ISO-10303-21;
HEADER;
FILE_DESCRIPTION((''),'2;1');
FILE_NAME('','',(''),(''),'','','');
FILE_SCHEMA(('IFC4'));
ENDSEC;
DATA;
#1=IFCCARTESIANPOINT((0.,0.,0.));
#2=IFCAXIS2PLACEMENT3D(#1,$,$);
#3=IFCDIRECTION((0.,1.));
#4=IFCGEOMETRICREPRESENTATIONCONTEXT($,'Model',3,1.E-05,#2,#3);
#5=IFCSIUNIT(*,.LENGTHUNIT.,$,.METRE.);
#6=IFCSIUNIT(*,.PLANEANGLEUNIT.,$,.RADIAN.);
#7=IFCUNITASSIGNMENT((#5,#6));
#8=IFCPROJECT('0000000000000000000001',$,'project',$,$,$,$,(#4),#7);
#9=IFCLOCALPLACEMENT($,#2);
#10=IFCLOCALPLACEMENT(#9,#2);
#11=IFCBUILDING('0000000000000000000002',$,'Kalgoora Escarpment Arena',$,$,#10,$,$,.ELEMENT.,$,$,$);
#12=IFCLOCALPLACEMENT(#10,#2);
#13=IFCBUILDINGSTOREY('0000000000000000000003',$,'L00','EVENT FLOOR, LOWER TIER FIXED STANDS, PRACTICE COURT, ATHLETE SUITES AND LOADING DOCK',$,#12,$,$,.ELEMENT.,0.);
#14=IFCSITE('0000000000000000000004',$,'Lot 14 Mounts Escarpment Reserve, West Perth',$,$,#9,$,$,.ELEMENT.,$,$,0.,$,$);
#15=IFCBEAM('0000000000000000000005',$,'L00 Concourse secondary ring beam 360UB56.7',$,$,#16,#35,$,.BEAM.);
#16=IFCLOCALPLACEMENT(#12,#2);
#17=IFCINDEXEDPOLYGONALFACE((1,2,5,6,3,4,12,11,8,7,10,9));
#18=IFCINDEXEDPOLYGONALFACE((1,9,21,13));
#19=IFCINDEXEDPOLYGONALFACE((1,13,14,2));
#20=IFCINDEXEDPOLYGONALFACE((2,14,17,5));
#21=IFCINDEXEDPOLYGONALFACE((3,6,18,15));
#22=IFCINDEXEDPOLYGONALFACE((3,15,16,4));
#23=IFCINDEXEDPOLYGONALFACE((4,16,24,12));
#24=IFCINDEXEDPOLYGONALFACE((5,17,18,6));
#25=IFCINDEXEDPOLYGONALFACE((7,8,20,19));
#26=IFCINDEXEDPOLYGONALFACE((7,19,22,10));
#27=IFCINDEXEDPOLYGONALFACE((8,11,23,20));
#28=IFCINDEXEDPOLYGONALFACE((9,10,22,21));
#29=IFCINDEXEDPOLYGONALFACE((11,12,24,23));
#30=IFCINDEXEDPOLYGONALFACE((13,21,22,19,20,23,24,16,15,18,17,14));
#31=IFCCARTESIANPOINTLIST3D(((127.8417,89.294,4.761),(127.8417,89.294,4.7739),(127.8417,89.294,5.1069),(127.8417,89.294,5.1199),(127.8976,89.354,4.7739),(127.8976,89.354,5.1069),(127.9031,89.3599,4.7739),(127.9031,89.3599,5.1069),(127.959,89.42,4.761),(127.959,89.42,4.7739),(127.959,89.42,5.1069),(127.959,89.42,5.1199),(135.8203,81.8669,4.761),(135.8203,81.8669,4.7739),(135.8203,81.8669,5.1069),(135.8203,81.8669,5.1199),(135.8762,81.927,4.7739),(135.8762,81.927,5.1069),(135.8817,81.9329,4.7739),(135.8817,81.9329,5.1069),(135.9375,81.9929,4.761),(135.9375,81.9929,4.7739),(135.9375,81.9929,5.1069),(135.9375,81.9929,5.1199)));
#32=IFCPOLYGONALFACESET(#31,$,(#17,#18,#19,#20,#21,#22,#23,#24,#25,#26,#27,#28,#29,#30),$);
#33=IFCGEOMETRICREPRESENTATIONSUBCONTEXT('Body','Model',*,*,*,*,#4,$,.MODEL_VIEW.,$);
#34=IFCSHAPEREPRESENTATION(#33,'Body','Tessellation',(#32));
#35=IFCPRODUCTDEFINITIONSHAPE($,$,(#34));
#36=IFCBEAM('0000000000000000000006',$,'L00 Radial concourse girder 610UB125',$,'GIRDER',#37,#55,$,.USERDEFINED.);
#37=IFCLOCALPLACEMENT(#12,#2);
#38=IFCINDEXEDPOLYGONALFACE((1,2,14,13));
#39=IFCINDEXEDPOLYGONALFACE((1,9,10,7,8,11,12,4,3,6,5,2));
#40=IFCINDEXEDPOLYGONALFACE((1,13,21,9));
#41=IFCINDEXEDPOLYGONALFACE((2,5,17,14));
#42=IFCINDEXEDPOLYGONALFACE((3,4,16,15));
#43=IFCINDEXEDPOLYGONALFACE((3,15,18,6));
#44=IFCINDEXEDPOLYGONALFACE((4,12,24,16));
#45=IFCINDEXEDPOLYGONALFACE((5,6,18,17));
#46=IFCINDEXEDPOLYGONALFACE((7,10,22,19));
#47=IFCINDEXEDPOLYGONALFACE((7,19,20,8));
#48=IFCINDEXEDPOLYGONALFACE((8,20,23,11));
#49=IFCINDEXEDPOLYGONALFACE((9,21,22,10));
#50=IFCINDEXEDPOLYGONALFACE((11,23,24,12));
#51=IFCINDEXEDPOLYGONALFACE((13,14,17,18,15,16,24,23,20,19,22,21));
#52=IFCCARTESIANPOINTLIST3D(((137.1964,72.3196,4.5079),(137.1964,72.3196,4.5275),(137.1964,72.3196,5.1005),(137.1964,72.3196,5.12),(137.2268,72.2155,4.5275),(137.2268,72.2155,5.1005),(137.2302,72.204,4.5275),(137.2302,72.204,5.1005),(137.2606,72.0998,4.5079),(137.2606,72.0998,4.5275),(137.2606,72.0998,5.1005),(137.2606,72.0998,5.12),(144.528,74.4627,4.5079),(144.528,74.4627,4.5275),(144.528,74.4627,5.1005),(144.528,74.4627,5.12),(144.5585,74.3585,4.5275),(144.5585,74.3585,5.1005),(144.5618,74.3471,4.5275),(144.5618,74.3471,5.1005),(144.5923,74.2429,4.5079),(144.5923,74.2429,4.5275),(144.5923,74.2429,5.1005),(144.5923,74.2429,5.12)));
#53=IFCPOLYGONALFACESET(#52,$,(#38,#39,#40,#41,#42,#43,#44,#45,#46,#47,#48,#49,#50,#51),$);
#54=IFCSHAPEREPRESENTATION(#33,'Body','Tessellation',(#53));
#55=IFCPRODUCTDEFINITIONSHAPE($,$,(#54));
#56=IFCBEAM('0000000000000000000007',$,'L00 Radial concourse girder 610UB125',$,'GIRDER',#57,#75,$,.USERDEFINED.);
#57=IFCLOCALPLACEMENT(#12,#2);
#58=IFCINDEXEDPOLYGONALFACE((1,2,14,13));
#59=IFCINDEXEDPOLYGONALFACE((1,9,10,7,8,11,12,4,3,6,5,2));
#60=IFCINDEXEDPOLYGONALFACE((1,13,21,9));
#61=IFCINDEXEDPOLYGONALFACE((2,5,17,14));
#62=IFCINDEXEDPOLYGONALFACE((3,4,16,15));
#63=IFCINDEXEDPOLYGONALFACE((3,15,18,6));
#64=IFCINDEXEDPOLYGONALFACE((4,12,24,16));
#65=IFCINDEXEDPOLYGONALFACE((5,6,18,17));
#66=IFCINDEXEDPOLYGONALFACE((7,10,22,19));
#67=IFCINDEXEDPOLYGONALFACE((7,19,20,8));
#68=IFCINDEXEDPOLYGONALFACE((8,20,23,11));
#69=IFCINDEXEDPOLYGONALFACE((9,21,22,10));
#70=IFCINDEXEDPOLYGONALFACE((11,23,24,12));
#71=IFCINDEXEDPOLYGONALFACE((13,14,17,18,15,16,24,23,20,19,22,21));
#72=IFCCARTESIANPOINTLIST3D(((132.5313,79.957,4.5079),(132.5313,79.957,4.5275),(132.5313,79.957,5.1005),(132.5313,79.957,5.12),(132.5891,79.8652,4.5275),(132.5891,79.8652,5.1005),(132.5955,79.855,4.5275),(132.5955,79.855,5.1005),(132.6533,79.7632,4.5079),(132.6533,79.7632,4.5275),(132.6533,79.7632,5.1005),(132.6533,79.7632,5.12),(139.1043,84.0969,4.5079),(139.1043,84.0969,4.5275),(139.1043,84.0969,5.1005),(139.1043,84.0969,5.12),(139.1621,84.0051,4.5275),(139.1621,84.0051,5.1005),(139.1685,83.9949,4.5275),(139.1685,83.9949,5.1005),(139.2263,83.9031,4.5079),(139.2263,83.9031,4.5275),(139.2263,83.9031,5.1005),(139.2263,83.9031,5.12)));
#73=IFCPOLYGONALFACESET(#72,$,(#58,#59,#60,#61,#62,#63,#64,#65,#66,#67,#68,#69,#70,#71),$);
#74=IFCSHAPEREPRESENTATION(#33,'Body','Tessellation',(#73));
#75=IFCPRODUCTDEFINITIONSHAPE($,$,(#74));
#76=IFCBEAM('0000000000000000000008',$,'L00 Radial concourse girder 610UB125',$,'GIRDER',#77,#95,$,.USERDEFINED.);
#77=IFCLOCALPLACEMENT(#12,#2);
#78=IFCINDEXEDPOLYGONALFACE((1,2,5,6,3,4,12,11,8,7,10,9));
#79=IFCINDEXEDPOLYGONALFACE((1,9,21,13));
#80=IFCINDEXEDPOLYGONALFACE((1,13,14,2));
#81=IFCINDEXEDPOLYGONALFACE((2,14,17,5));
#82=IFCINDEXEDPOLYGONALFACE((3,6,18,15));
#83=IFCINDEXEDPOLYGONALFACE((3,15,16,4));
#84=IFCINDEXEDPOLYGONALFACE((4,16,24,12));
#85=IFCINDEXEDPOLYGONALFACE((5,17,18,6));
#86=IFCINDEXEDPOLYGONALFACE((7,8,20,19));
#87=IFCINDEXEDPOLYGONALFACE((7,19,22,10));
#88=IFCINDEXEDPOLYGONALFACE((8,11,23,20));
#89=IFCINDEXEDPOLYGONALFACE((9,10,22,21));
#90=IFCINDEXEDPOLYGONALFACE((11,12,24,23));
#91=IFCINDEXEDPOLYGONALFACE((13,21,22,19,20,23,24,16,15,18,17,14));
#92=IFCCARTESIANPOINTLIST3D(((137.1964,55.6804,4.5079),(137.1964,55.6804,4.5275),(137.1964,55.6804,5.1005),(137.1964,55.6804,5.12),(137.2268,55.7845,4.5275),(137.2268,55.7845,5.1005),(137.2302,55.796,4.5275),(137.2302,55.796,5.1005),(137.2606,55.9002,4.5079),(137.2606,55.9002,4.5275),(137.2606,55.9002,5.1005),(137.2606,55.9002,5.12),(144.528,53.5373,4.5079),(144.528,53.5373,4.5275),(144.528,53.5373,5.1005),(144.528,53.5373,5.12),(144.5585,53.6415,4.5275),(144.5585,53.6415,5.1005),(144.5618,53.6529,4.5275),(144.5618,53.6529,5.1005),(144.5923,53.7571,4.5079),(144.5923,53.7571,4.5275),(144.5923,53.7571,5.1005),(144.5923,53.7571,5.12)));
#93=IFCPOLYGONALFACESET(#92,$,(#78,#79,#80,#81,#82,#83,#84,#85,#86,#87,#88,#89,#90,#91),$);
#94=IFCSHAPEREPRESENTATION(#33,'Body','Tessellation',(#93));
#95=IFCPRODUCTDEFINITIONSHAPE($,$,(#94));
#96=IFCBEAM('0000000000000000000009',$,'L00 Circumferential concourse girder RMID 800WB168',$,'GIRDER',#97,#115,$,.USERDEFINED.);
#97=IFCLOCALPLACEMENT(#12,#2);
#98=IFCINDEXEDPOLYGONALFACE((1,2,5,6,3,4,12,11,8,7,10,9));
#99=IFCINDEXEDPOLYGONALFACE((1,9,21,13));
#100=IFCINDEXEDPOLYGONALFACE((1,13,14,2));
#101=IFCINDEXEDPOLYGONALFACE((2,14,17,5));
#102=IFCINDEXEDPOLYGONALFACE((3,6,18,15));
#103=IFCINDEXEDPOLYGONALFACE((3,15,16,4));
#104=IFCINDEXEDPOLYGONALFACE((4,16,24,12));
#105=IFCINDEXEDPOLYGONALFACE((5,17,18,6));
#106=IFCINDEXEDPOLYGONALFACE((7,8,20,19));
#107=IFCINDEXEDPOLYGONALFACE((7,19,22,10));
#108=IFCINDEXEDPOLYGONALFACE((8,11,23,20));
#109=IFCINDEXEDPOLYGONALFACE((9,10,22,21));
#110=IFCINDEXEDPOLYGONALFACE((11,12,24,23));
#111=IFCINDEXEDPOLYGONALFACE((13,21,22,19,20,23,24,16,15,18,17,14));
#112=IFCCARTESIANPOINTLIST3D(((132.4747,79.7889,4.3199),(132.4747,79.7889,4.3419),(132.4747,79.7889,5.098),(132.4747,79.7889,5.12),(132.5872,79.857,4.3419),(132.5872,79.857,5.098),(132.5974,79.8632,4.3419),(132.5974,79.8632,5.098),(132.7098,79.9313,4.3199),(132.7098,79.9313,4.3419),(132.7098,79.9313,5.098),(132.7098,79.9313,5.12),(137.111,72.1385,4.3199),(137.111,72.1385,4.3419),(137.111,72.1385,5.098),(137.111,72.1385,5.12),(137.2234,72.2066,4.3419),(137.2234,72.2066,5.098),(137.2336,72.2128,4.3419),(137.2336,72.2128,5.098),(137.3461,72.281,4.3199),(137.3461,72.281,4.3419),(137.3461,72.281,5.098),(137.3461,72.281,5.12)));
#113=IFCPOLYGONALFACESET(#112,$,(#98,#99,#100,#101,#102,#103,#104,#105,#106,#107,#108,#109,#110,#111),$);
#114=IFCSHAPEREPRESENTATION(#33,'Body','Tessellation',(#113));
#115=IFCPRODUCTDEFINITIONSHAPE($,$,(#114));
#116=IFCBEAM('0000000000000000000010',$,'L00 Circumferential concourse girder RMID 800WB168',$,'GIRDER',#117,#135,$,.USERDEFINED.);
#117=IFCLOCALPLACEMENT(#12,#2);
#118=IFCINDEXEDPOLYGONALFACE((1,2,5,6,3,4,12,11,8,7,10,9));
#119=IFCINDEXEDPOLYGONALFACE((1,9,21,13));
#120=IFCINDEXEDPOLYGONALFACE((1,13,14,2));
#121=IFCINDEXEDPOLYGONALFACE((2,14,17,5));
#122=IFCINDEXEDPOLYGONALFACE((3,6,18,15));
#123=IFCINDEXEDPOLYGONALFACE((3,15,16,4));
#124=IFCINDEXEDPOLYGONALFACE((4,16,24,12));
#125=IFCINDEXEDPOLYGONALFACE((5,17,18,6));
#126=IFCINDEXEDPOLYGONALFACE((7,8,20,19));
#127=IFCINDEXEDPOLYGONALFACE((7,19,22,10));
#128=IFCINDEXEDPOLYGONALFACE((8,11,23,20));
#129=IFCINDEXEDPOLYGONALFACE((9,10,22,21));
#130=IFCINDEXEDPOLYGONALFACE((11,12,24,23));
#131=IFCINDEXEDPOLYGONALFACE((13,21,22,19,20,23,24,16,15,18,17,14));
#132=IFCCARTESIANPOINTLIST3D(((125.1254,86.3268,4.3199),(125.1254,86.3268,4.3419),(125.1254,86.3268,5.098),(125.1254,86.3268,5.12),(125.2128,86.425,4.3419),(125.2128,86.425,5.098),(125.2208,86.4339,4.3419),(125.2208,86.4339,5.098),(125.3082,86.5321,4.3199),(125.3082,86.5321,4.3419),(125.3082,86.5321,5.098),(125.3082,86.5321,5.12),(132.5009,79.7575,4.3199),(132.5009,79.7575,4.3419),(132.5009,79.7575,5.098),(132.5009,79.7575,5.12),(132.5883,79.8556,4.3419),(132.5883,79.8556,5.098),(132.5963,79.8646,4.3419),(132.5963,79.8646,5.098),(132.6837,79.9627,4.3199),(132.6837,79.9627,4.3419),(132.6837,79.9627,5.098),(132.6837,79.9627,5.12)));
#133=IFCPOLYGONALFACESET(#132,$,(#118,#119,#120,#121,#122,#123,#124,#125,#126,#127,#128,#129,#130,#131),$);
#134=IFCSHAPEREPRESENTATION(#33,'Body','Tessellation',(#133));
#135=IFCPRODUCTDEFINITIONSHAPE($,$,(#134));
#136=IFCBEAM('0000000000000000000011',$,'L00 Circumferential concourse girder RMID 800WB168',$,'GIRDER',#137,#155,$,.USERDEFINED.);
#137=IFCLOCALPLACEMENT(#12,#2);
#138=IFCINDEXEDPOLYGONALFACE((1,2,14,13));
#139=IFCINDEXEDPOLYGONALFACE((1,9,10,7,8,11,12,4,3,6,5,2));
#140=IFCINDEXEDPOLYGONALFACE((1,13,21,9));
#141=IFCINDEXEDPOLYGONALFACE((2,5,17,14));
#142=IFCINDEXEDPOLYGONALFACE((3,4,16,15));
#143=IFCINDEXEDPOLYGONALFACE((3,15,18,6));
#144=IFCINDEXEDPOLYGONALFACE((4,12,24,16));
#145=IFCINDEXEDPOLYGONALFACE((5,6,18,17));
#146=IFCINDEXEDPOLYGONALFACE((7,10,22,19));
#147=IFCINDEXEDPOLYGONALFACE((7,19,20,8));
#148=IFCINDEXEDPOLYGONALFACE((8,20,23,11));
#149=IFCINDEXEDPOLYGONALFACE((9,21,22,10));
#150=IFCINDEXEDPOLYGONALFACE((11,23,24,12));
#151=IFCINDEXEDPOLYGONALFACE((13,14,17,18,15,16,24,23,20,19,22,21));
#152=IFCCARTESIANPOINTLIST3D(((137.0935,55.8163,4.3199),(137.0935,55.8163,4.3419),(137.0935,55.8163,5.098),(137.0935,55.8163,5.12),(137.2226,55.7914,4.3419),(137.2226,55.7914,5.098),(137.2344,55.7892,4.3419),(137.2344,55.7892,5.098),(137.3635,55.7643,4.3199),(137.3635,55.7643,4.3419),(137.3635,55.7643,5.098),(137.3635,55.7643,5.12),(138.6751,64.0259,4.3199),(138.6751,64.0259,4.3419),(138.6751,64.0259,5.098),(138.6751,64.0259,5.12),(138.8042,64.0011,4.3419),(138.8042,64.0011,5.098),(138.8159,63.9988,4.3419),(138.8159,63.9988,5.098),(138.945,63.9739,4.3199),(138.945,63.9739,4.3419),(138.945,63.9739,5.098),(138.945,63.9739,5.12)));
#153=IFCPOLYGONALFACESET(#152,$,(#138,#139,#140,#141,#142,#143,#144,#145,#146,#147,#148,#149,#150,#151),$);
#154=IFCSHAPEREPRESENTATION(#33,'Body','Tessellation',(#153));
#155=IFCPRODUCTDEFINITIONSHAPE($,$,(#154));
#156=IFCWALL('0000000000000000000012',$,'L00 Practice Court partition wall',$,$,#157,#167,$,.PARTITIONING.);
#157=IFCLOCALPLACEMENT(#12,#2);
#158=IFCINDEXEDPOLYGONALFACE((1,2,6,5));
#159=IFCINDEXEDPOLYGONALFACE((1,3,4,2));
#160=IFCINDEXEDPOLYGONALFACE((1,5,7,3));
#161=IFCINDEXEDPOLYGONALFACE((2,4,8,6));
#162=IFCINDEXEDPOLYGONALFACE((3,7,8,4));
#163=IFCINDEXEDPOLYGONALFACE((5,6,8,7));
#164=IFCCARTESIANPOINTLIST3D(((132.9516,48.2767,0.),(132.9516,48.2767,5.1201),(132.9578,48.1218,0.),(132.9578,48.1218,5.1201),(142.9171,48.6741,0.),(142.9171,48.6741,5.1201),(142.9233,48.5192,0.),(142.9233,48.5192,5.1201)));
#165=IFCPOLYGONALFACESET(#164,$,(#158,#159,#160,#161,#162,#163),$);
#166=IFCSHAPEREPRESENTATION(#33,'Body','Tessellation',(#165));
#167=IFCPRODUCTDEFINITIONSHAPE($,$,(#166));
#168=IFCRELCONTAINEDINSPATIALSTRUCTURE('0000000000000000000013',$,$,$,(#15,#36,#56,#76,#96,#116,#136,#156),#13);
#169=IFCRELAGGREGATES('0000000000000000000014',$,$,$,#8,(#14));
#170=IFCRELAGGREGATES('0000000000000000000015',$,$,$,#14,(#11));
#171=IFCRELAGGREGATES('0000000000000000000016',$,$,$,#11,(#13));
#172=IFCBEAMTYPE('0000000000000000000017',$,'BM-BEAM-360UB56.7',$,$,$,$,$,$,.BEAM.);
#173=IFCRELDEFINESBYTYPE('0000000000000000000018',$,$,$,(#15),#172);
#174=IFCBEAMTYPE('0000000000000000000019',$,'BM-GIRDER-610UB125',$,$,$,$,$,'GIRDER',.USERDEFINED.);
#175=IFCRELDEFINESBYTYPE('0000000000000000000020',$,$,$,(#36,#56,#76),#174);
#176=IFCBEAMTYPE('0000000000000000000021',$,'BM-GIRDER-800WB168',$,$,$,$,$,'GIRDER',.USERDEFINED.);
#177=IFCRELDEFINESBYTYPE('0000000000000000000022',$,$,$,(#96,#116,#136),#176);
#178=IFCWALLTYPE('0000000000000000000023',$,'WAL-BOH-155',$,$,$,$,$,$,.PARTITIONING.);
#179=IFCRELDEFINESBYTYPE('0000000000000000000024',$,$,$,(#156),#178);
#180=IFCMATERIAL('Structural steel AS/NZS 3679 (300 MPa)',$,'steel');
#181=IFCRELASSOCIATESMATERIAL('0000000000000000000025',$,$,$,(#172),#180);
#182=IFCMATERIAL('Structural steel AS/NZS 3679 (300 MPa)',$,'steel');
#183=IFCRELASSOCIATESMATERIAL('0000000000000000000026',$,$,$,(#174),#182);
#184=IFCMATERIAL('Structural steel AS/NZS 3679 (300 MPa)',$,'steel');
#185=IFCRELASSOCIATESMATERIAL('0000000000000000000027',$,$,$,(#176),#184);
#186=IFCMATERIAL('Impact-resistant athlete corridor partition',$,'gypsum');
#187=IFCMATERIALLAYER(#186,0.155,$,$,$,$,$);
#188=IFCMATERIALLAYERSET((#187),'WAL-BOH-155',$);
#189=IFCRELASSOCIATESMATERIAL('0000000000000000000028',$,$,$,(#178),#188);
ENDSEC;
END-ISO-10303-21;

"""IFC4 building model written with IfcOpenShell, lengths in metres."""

from ifc_helpers import new_model, si_unit, direction, frame, frame_2d, origin, origin_2d, place, context, subcontext, project, spatial, rectangle, i_section, extrude, material, layer, layer_set, material_profile, profile_set, type_object, element, save


model = new_model("IFC4")

# Units and contexts
model_context = context("Model", 3, precision=1e-05, world=origin(), true_north=direction((0.0, 1.0)))
body_context = subcontext(model_context, "Body", "Model", "MODEL_VIEW")
ifc_project = project(units=[si_unit("LENGTHUNIT", "METRE"), si_unit("PLANEANGLEUNIT", "RADIAN")], contexts=[model_context])

# Site, building, storey
site_placement = place(None, origin())
site = spatial("IfcSite", under=ifc_project, at=site_placement, Name="Lot 14 Mounts Escarpment Reserve, West Perth", CompositionType="ELEMENT", RefElevation=0.0)
building_placement = place(site_placement, origin())
building = spatial("IfcBuilding", under=site, at=building_placement, Name="Kalgoora Escarpment Arena", CompositionType="ELEMENT")
storey_placement = place(building_placement, origin())
storey = spatial("IfcBuildingStorey", under=building, at=storey_placement, Name="L00", Description="EVENT FLOOR, LOWER TIER FIXED STANDS, PRACTICE COURT, ATHLETE SUITES AND LOADING DOCK", CompositionType="ELEMENT", Elevation=0.0)

# Beams
ifc_material_1 = material(Name="Structural steel AS/NZS 3679 (300 MPa)", Category="steel")
ifc_material_profile_1 = material_profile(ifc_material_1, i_section(OverallWidth=0.1721, OverallDepth=0.3589, WebThickness=0.0081, FlangeThickness=0.0129, at=origin_2d()))
ifc_profile_set_1 = profile_set([ifc_material_profile_1], Name="Structural steel AS/NZS 3679 (300 MPa)")
beam_type_1 = type_object("IfcBeamType", Name="BM-BEAM-360UB56.7", PredefinedType="BEAM", material=ifc_profile_set_1)
beam_1_placement = place(storey_placement, frame((135.8789, 81.9299, 4.9404), z_axis=(-0.731952, 0.681356, 0.0), x_axis=(-0.681356, -0.731952, 0.0)))
element("IfcBeam", 1, at=beam_1_placement, inside=storey, type_object=beam_type_1, Name="L00 Concourse secondary ring beam 360UB56.7", PredefinedType="BEAM", context=body_context, shape_type="SweptSolid", body=[
    extrude(i_section(OverallWidth=0.1721, OverallDepth=0.3589, WebThickness=0.0081, FlangeThickness=0.0129, at=origin_2d()), origin(), (0.0, 0.0, 1.0), 10.9004),
])
ifc_material_2 = material(Name="Structural steel AS/NZS 3679 (300 MPa)", Category="steel")
ifc_material_profile_2 = material_profile(ifc_material_2, i_section(OverallWidth=0.229, OverallDepth=0.6121, WebThickness=0.012, FlangeThickness=0.0195, at=origin_2d()))
ifc_profile_set_2 = profile_set([ifc_material_profile_2], Name="Structural steel AS/NZS 3679 (300 MPa)")
beam_type_2 = type_object("IfcBeamType", Name="BM-GIRDER-610UB125", ElementType="GIRDER", PredefinedType="USERDEFINED", material=ifc_profile_set_2)
beam_2_placement = place(storey_placement, frame((137.2285, 72.2097, 4.814), z_axis=(0.959834, 0.280567, 0.0), x_axis=(-0.280567, 0.959834, 0.0)))
element("IfcBeam", 2, at=beam_2_placement, inside=storey, type_object=beam_type_2, Name="L00 Radial concourse girder 610UB125", ObjectType="GIRDER", PredefinedType="USERDEFINED", context=body_context, shape_type="SweptSolid", body=[
    extrude(i_section(OverallWidth=0.229, OverallDepth=0.6121, WebThickness=0.012, FlangeThickness=0.0195, at=origin_2d()), origin(), (0.0, 0.0, 1.0), 7.6384),
])
beam_3_placement = place(storey_placement, frame((132.5923, 79.8601, 4.814), z_axis=(0.846155, 0.532937, 0.0), x_axis=(-0.532937, 0.846155, 0.0)))
element("IfcBeam", 3, at=beam_3_placement, inside=storey, type_object=beam_type_2, Name="L00 Radial concourse girder 610UB125", ObjectType="GIRDER", PredefinedType="USERDEFINED", context=body_context, shape_type="SweptSolid", body=[
    extrude(i_section(OverallWidth=0.229, OverallDepth=0.6121, WebThickness=0.012, FlangeThickness=0.0195, at=origin_2d()), origin(), (0.0, 0.0, 1.0), 7.7681),
])
beam_4_placement = place(storey_placement, frame((137.2285, 55.7903, 4.814), z_axis=(0.959834, -0.280567, 0.0), x_axis=(0.280567, 0.959834, 0.0)))
element("IfcBeam", 4, at=beam_4_placement, inside=storey, type_object=beam_type_2, Name="L00 Radial concourse girder 610UB125", ObjectType="GIRDER", PredefinedType="USERDEFINED", context=body_context, shape_type="SweptSolid", body=[
    extrude(i_section(OverallWidth=0.229, OverallDepth=0.6121, WebThickness=0.012, FlangeThickness=0.0195, at=origin_2d()), origin(), (0.0, 0.0, 1.0), 7.6384),
])
ifc_material_3 = material(Name="Structural steel AS/NZS 3679 (300 MPa)", Category="steel")
ifc_material_profile_3 = material_profile(ifc_material_3, i_section(OverallWidth=0.2749, OverallDepth=0.8, WebThickness=0.012, FlangeThickness=0.022, at=origin_2d()))
ifc_profile_set_3 = profile_set([ifc_material_profile_3], Name="Structural steel AS/NZS 3679 (300 MPa)")
beam_type_3 = type_object("IfcBeamType", Name="BM-GIRDER-800WB168", ElementType="GIRDER", PredefinedType="USERDEFINED", material=ifc_profile_set_3)
beam_5_placement = place(storey_placement, frame((137.2285, 72.2097, 4.72), z_axis=(-0.518271, 0.855216, 0.0), x_axis=(-0.855216, -0.518271, 0.0)))
element("IfcBeam", 5, at=beam_5_placement, inside=storey, type_object=beam_type_3, Name="L00 Circumferential concourse girder RMID 800WB168", ObjectType="GIRDER", PredefinedType="USERDEFINED", context=body_context, shape_type="SweptSolid", body=[
    extrude(i_section(OverallWidth=0.2749, OverallDepth=0.8, WebThickness=0.012, FlangeThickness=0.022, at=origin_2d()), origin(), (0.0, 0.0, 1.0), 8.9456),
])
beam_6_placement = place(storey_placement, frame((132.5923, 79.8601, 4.72), z_axis=(-0.746738, 0.665118, 0.0), x_axis=(-0.665118, -0.746738, 0.0)))
element("IfcBeam", 6, at=beam_6_placement, inside=storey, type_object=beam_type_3, Name="L00 Circumferential concourse girder RMID 800WB168", ObjectType="GIRDER", PredefinedType="USERDEFINED", context=body_context, shape_type="SweptSolid", body=[
    extrude(i_section(OverallWidth=0.2749, OverallDepth=0.8, WebThickness=0.012, FlangeThickness=0.022, at=origin_2d()), origin(), (0.0, 0.0, 1.0), 9.877),
])
beam_7_placement = place(storey_placement, frame((137.2285, 55.7903, 4.72), z_axis=(0.189165, 0.981945, 0.0), x_axis=(-0.981945, 0.189165, 0.0)))
element("IfcBeam", 7, at=beam_7_placement, inside=storey, type_object=beam_type_3, Name="L00 Circumferential concourse girder RMID 800WB168", ObjectType="GIRDER", PredefinedType="USERDEFINED", context=body_context, shape_type="SweptSolid", body=[
    extrude(i_section(OverallWidth=0.2749, OverallDepth=0.8, WebThickness=0.012, FlangeThickness=0.022, at=origin_2d()), origin(), (0.0, 0.0, 1.0), 8.3606),
])

# Wall
ifc_material_4 = material(Name="Impact-resistant athlete corridor partition", Category="gypsum")
ifc_layer = layer(ifc_material_4, 0.155)
ifc_layer_set = layer_set([ifc_layer], Name="WAL-BOH-155")
wall_type = type_object("IfcWallType", Name="WAL-BOH-155", PredefinedType="PARTITIONING", material=ifc_layer_set)
wall_placement = place(storey_placement, frame((132.9546, 48.1992, 0.0), z_axis=(0.0, 0.0, 1.0), x_axis=(0.999206, 0.039852, 0.0)))
element("IfcWall", 8, at=wall_placement, inside=storey, type_object=wall_type, Name="L00 Practice Court partition wall", PredefinedType="PARTITIONING", context=body_context, shape_type="SweptSolid", body=[
    extrude(rectangle(XDim=9.9734, YDim=0.155, at=frame_2d((4.9868, 0.0))), origin(), (0.0, 0.0, 1.0), 5.1201),
])

save(model, "model.ifc")
